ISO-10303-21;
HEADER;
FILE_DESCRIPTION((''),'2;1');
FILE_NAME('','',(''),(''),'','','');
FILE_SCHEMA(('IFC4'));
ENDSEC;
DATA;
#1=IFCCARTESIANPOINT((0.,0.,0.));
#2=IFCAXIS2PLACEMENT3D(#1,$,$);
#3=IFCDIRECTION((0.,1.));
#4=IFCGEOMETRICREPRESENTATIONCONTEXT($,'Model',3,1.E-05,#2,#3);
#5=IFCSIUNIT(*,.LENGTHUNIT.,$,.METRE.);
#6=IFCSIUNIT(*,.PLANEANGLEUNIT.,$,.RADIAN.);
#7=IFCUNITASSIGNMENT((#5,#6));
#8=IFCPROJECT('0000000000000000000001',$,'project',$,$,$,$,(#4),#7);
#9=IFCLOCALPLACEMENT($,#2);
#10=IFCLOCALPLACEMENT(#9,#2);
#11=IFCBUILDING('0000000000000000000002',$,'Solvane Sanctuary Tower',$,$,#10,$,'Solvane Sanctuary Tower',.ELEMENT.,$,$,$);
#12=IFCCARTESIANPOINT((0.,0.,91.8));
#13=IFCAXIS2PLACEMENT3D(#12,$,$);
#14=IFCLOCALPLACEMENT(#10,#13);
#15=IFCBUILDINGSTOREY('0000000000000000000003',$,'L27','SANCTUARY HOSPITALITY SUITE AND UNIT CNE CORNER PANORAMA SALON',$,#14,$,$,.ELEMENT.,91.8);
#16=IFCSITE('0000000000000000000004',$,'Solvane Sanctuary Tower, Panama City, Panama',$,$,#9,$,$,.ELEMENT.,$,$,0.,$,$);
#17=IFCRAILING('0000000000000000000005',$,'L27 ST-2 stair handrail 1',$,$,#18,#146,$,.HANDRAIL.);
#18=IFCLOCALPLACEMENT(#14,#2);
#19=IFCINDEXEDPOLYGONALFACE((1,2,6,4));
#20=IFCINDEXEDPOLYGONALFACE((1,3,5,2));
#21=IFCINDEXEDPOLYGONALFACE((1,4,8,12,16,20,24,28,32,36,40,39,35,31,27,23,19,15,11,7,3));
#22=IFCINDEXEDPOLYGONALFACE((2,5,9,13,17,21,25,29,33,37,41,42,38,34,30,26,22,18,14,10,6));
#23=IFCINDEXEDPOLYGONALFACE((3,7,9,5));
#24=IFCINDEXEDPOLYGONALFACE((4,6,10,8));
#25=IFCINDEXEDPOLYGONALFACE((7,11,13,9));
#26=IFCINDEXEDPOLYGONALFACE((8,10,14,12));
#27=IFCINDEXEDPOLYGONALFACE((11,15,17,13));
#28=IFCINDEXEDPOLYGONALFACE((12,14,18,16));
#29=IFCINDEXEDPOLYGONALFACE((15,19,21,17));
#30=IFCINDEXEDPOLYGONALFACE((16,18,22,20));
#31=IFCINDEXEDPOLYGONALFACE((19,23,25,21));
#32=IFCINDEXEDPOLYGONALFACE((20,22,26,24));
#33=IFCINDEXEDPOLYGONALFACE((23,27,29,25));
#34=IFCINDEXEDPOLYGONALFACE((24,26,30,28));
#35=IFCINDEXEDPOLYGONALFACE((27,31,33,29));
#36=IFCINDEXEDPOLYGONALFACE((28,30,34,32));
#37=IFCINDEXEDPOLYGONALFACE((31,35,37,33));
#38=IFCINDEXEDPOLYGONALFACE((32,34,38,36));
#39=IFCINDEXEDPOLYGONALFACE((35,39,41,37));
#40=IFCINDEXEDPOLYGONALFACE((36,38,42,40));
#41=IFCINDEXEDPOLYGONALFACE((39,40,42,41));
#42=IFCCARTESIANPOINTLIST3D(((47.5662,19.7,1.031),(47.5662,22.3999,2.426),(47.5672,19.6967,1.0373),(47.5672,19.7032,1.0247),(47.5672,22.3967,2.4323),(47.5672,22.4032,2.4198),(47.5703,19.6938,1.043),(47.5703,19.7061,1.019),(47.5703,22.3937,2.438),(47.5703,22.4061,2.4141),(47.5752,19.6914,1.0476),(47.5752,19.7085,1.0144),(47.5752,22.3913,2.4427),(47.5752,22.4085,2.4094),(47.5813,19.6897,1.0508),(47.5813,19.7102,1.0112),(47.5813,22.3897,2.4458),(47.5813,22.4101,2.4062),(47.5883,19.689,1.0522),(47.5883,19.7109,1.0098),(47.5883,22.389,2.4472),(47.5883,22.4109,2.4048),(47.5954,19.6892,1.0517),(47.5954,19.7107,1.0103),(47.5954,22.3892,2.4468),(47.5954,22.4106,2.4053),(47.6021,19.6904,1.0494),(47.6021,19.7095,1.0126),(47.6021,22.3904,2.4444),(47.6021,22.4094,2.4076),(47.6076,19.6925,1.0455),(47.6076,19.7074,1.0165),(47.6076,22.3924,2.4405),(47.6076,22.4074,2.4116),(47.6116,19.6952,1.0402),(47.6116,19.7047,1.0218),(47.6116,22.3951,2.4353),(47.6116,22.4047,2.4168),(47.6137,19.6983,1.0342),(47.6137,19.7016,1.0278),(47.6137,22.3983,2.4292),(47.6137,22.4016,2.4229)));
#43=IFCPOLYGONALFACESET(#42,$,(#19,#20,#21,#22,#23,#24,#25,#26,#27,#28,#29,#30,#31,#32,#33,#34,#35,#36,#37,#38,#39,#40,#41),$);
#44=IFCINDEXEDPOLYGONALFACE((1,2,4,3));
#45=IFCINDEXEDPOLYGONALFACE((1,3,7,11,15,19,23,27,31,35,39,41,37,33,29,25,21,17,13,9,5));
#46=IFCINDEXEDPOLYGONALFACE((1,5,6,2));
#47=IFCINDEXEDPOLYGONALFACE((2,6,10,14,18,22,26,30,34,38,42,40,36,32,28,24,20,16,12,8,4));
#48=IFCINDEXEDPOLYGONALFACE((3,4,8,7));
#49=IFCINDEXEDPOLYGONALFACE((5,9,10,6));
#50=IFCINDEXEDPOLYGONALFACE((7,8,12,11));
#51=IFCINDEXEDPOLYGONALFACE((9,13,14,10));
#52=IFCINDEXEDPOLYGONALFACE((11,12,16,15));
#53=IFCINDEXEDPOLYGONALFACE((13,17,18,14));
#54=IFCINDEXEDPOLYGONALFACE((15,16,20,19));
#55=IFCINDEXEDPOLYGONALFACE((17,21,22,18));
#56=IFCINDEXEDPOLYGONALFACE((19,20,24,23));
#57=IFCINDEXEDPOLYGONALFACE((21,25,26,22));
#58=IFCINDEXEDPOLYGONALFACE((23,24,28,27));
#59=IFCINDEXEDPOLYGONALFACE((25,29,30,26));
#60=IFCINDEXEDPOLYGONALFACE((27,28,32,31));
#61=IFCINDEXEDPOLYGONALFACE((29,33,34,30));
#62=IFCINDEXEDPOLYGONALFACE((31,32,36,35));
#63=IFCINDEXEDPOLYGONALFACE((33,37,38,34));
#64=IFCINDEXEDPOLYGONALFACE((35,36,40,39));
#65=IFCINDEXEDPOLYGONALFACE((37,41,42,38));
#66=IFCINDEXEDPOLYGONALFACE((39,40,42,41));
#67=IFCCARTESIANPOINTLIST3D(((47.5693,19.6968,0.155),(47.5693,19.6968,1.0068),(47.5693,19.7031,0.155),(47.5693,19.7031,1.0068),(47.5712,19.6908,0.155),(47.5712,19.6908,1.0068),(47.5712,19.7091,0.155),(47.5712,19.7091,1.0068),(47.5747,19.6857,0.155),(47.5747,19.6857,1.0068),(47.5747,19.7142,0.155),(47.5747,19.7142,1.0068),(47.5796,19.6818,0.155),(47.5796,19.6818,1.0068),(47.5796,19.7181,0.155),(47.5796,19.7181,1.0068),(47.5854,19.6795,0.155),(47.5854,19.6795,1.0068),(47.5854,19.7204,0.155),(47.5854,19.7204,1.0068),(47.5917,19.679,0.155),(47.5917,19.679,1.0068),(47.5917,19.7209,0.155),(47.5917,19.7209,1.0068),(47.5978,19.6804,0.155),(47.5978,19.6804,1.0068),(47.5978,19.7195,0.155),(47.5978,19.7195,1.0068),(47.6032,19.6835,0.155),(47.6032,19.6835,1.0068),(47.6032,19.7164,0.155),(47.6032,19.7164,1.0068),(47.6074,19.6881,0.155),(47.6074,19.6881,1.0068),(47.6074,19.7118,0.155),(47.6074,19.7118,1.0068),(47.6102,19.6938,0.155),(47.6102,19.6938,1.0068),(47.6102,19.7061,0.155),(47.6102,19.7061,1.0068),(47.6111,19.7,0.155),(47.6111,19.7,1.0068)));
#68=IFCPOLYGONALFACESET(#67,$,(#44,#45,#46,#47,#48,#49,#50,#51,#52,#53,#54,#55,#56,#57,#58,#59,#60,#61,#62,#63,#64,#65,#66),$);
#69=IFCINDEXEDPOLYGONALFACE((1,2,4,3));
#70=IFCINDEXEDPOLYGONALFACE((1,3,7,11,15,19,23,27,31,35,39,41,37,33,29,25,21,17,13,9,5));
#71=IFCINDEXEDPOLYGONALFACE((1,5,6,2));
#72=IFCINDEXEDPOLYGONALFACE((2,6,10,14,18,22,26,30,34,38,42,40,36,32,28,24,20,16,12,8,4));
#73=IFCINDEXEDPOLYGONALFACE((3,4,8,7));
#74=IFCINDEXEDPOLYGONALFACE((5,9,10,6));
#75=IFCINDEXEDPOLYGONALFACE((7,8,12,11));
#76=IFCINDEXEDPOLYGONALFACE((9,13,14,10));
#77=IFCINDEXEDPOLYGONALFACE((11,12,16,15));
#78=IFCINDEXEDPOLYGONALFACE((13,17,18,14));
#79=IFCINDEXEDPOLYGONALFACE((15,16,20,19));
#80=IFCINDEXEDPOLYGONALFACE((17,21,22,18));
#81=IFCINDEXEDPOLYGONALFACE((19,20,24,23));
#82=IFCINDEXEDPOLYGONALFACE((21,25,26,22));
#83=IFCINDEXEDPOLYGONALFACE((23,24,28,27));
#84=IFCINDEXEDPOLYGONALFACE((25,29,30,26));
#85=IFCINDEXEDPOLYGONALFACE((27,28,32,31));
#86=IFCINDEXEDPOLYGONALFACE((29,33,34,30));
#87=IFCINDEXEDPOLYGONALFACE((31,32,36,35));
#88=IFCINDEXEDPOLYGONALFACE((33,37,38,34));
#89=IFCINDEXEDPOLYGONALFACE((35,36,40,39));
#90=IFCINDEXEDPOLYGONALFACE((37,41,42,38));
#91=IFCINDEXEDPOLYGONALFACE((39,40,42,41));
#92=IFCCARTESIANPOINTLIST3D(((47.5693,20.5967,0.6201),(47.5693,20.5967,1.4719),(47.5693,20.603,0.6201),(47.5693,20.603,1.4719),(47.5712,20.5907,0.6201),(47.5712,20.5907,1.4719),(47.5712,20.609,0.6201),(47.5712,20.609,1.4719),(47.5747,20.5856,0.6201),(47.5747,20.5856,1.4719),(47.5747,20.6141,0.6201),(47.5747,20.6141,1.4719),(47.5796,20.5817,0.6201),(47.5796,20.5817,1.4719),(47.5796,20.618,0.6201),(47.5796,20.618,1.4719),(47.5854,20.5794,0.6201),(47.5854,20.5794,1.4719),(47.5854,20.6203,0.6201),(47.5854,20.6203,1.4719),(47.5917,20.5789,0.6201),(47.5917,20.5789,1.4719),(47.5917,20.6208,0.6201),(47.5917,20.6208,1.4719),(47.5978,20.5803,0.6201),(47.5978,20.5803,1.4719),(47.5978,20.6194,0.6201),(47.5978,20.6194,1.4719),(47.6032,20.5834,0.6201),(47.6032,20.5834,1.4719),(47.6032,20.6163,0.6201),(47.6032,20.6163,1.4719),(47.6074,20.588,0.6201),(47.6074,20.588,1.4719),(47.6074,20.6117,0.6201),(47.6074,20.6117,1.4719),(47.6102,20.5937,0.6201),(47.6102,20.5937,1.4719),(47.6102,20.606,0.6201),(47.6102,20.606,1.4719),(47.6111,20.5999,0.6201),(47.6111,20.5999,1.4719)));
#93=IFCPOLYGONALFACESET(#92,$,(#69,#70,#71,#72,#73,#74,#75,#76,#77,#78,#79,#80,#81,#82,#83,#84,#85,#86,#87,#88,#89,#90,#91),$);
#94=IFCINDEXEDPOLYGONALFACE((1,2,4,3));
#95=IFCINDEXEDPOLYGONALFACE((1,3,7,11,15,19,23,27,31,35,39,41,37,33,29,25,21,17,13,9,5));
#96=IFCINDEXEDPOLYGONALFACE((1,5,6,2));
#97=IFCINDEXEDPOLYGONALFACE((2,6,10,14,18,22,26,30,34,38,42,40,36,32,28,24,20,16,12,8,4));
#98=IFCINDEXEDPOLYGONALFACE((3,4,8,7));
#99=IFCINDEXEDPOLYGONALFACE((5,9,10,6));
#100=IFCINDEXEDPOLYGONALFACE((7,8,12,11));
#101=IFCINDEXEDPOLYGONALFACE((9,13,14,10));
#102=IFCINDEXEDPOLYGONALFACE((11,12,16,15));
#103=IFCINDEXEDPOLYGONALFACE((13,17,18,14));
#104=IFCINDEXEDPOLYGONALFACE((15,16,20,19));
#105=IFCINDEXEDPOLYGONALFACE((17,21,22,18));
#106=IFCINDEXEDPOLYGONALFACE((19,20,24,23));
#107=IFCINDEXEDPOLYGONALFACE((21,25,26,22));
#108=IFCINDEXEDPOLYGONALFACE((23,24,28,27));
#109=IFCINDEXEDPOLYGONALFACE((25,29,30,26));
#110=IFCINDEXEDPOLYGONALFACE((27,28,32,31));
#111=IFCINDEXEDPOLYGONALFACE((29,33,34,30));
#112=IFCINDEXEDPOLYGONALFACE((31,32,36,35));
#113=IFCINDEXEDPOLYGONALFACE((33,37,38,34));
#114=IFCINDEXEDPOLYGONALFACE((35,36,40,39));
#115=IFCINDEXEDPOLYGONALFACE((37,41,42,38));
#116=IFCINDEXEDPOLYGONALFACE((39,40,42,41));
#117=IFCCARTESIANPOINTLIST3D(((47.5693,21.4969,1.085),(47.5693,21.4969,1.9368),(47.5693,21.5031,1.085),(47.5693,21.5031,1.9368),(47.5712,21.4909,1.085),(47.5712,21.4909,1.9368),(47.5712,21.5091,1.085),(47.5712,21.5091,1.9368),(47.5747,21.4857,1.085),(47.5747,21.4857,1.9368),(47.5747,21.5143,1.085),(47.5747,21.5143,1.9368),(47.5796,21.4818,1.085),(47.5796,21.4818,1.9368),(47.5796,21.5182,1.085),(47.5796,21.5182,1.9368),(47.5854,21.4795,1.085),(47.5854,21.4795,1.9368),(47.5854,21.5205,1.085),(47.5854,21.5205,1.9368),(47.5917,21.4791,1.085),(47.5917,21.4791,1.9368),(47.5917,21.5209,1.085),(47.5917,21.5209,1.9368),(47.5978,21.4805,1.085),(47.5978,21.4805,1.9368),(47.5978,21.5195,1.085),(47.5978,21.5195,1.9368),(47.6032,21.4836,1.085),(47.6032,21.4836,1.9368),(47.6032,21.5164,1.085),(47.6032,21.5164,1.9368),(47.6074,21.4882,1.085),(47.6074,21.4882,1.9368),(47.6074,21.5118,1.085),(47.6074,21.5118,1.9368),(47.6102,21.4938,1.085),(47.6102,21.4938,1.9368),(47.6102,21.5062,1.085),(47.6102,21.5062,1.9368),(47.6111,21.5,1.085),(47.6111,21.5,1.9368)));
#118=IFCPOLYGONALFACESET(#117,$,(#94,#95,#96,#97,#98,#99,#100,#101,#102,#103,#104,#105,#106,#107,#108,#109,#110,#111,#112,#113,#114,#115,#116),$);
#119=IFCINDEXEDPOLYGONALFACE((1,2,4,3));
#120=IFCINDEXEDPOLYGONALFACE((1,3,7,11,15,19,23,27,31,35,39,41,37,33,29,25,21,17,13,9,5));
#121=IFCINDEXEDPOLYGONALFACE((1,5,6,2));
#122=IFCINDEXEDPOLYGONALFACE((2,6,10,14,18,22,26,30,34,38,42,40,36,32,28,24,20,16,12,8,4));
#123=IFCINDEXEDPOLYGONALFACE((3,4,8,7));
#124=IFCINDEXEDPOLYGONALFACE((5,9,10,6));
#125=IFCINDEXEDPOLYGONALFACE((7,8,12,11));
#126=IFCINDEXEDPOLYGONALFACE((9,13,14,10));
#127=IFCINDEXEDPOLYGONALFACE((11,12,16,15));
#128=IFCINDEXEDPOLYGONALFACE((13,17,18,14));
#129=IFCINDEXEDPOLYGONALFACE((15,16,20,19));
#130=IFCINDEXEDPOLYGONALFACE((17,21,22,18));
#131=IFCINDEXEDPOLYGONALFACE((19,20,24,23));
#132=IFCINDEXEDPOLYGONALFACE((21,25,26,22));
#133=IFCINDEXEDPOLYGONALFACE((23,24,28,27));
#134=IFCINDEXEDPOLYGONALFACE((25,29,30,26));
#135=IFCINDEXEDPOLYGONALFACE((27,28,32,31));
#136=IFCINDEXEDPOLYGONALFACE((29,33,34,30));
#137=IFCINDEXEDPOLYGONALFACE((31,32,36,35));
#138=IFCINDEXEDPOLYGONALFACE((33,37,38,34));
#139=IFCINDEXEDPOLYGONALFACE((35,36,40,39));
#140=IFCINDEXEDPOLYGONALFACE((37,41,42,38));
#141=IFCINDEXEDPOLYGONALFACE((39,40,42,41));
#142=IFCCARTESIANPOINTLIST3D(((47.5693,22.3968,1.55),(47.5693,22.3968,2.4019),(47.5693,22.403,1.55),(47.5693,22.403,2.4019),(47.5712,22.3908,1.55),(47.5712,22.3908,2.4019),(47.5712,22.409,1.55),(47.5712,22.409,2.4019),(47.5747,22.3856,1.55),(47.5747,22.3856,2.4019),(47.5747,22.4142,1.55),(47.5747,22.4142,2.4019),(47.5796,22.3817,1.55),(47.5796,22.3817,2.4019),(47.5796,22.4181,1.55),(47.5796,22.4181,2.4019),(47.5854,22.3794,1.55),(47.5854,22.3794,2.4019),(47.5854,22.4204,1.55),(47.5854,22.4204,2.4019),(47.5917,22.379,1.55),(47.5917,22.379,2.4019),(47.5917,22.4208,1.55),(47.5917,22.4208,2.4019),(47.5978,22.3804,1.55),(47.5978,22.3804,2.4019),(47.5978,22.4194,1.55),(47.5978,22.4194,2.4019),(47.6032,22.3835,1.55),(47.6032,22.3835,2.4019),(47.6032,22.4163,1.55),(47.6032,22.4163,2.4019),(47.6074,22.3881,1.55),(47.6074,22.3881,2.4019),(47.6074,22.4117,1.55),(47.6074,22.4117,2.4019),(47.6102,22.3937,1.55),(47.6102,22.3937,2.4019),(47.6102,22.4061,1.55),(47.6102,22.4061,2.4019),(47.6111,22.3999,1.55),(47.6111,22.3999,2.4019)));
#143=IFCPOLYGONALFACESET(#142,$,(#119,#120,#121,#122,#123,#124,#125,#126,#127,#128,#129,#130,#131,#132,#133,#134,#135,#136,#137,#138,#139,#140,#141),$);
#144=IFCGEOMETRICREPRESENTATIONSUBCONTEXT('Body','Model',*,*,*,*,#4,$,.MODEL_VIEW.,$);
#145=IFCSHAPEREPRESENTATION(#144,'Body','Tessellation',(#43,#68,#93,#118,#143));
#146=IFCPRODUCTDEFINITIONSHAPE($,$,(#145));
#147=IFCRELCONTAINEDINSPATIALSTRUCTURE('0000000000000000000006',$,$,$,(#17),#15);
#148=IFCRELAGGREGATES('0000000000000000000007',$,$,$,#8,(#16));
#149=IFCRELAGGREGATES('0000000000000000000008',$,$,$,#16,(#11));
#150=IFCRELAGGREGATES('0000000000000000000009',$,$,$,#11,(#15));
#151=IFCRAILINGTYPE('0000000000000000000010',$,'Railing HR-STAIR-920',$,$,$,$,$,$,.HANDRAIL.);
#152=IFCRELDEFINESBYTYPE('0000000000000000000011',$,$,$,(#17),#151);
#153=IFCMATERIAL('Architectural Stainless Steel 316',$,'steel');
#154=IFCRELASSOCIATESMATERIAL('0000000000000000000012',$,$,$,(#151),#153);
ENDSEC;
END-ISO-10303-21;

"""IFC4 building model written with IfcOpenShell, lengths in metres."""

from ifc_helpers import new_model, si_unit, direction, frame, origin, origin_2d, place, context, subcontext, project, spatial, circle, extrude, material, type_object, element, save


model = new_model("IFC4")

# Units and contexts
model_context = context("Model", 3, precision=1e-05, world=origin(), true_north=direction((0.0, 1.0)))
body_context = subcontext(model_context, "Body", "Model", "MODEL_VIEW")
ifc_project = project(units=[si_unit("LENGTHUNIT", "METRE"), si_unit("PLANEANGLEUNIT", "RADIAN")], contexts=[model_context])

# Site, building, storey
site_placement = place(None, origin())
site = spatial("IfcSite", under=ifc_project, at=site_placement, Name="Solvane Sanctuary Tower, Panama City, Panama", CompositionType="ELEMENT", RefElevation=0.0)
building_placement = place(site_placement, origin())
building = spatial("IfcBuilding", under=site, at=building_placement, Name="Solvane Sanctuary Tower", LongName="Solvane Sanctuary Tower", CompositionType="ELEMENT")
storey_placement = place(building_placement, frame((0.0, 0.0, 91.8)))
storey = spatial("IfcBuildingStorey", under=building, at=storey_placement, Name="L27", Description="SANCTUARY HOSPITALITY SUITE AND UNIT CNE CORNER PANORAMA SALON", CompositionType="ELEMENT", Elevation=91.8)

# Shared definitions
ifc_material_1 = material(Name="Architectural Stainless Steel 316", Category="steel")

# Railing
railing_type_1 = type_object("IfcRailingType", Name="Railing HR-STAIR-920", PredefinedType="HANDRAIL", material=ifc_material_1)
railing_1_placement = place(storey_placement, frame((47.5901, 19.7, 0.155)))
element("IfcRailing", 1, at=railing_1_placement, inside=storey, type_object=railing_type_1, Name="L27 ST-2 stair handrail 1", PredefinedType="HANDRAIL", context=body_context, shape_type="SweptSolid", body=[
    extrude(circle(Radius=0.0239, at=origin_2d()), frame((0.0, 0.0, 0.876), z_axis=(0.0, 0.88842, 0.459032), x_axis=(-1.0, 0.0, 0.0)), (0.0, 0.0, 1.0), 3.0391),
    extrude(circle(Radius=0.021, at=origin_2d()), origin(), (0.0, 0.0, 1.0), 0.8518),
    extrude(circle(Radius=0.021, at=origin_2d()), frame((0.0, 0.8999, 0.4651)), (0.0, 0.0, 1.0), 0.8518),
    extrude(circle(Radius=0.021, at=origin_2d()), frame((0.0, 1.8, 0.9299)), (0.0, 0.0, 1.0), 0.8518),
    extrude(circle(Radius=0.021, at=origin_2d()), frame((0.0, 2.7, 1.395)), (0.0, 0.0, 1.0), 0.8518),
])

save(model, "model.ifc")
